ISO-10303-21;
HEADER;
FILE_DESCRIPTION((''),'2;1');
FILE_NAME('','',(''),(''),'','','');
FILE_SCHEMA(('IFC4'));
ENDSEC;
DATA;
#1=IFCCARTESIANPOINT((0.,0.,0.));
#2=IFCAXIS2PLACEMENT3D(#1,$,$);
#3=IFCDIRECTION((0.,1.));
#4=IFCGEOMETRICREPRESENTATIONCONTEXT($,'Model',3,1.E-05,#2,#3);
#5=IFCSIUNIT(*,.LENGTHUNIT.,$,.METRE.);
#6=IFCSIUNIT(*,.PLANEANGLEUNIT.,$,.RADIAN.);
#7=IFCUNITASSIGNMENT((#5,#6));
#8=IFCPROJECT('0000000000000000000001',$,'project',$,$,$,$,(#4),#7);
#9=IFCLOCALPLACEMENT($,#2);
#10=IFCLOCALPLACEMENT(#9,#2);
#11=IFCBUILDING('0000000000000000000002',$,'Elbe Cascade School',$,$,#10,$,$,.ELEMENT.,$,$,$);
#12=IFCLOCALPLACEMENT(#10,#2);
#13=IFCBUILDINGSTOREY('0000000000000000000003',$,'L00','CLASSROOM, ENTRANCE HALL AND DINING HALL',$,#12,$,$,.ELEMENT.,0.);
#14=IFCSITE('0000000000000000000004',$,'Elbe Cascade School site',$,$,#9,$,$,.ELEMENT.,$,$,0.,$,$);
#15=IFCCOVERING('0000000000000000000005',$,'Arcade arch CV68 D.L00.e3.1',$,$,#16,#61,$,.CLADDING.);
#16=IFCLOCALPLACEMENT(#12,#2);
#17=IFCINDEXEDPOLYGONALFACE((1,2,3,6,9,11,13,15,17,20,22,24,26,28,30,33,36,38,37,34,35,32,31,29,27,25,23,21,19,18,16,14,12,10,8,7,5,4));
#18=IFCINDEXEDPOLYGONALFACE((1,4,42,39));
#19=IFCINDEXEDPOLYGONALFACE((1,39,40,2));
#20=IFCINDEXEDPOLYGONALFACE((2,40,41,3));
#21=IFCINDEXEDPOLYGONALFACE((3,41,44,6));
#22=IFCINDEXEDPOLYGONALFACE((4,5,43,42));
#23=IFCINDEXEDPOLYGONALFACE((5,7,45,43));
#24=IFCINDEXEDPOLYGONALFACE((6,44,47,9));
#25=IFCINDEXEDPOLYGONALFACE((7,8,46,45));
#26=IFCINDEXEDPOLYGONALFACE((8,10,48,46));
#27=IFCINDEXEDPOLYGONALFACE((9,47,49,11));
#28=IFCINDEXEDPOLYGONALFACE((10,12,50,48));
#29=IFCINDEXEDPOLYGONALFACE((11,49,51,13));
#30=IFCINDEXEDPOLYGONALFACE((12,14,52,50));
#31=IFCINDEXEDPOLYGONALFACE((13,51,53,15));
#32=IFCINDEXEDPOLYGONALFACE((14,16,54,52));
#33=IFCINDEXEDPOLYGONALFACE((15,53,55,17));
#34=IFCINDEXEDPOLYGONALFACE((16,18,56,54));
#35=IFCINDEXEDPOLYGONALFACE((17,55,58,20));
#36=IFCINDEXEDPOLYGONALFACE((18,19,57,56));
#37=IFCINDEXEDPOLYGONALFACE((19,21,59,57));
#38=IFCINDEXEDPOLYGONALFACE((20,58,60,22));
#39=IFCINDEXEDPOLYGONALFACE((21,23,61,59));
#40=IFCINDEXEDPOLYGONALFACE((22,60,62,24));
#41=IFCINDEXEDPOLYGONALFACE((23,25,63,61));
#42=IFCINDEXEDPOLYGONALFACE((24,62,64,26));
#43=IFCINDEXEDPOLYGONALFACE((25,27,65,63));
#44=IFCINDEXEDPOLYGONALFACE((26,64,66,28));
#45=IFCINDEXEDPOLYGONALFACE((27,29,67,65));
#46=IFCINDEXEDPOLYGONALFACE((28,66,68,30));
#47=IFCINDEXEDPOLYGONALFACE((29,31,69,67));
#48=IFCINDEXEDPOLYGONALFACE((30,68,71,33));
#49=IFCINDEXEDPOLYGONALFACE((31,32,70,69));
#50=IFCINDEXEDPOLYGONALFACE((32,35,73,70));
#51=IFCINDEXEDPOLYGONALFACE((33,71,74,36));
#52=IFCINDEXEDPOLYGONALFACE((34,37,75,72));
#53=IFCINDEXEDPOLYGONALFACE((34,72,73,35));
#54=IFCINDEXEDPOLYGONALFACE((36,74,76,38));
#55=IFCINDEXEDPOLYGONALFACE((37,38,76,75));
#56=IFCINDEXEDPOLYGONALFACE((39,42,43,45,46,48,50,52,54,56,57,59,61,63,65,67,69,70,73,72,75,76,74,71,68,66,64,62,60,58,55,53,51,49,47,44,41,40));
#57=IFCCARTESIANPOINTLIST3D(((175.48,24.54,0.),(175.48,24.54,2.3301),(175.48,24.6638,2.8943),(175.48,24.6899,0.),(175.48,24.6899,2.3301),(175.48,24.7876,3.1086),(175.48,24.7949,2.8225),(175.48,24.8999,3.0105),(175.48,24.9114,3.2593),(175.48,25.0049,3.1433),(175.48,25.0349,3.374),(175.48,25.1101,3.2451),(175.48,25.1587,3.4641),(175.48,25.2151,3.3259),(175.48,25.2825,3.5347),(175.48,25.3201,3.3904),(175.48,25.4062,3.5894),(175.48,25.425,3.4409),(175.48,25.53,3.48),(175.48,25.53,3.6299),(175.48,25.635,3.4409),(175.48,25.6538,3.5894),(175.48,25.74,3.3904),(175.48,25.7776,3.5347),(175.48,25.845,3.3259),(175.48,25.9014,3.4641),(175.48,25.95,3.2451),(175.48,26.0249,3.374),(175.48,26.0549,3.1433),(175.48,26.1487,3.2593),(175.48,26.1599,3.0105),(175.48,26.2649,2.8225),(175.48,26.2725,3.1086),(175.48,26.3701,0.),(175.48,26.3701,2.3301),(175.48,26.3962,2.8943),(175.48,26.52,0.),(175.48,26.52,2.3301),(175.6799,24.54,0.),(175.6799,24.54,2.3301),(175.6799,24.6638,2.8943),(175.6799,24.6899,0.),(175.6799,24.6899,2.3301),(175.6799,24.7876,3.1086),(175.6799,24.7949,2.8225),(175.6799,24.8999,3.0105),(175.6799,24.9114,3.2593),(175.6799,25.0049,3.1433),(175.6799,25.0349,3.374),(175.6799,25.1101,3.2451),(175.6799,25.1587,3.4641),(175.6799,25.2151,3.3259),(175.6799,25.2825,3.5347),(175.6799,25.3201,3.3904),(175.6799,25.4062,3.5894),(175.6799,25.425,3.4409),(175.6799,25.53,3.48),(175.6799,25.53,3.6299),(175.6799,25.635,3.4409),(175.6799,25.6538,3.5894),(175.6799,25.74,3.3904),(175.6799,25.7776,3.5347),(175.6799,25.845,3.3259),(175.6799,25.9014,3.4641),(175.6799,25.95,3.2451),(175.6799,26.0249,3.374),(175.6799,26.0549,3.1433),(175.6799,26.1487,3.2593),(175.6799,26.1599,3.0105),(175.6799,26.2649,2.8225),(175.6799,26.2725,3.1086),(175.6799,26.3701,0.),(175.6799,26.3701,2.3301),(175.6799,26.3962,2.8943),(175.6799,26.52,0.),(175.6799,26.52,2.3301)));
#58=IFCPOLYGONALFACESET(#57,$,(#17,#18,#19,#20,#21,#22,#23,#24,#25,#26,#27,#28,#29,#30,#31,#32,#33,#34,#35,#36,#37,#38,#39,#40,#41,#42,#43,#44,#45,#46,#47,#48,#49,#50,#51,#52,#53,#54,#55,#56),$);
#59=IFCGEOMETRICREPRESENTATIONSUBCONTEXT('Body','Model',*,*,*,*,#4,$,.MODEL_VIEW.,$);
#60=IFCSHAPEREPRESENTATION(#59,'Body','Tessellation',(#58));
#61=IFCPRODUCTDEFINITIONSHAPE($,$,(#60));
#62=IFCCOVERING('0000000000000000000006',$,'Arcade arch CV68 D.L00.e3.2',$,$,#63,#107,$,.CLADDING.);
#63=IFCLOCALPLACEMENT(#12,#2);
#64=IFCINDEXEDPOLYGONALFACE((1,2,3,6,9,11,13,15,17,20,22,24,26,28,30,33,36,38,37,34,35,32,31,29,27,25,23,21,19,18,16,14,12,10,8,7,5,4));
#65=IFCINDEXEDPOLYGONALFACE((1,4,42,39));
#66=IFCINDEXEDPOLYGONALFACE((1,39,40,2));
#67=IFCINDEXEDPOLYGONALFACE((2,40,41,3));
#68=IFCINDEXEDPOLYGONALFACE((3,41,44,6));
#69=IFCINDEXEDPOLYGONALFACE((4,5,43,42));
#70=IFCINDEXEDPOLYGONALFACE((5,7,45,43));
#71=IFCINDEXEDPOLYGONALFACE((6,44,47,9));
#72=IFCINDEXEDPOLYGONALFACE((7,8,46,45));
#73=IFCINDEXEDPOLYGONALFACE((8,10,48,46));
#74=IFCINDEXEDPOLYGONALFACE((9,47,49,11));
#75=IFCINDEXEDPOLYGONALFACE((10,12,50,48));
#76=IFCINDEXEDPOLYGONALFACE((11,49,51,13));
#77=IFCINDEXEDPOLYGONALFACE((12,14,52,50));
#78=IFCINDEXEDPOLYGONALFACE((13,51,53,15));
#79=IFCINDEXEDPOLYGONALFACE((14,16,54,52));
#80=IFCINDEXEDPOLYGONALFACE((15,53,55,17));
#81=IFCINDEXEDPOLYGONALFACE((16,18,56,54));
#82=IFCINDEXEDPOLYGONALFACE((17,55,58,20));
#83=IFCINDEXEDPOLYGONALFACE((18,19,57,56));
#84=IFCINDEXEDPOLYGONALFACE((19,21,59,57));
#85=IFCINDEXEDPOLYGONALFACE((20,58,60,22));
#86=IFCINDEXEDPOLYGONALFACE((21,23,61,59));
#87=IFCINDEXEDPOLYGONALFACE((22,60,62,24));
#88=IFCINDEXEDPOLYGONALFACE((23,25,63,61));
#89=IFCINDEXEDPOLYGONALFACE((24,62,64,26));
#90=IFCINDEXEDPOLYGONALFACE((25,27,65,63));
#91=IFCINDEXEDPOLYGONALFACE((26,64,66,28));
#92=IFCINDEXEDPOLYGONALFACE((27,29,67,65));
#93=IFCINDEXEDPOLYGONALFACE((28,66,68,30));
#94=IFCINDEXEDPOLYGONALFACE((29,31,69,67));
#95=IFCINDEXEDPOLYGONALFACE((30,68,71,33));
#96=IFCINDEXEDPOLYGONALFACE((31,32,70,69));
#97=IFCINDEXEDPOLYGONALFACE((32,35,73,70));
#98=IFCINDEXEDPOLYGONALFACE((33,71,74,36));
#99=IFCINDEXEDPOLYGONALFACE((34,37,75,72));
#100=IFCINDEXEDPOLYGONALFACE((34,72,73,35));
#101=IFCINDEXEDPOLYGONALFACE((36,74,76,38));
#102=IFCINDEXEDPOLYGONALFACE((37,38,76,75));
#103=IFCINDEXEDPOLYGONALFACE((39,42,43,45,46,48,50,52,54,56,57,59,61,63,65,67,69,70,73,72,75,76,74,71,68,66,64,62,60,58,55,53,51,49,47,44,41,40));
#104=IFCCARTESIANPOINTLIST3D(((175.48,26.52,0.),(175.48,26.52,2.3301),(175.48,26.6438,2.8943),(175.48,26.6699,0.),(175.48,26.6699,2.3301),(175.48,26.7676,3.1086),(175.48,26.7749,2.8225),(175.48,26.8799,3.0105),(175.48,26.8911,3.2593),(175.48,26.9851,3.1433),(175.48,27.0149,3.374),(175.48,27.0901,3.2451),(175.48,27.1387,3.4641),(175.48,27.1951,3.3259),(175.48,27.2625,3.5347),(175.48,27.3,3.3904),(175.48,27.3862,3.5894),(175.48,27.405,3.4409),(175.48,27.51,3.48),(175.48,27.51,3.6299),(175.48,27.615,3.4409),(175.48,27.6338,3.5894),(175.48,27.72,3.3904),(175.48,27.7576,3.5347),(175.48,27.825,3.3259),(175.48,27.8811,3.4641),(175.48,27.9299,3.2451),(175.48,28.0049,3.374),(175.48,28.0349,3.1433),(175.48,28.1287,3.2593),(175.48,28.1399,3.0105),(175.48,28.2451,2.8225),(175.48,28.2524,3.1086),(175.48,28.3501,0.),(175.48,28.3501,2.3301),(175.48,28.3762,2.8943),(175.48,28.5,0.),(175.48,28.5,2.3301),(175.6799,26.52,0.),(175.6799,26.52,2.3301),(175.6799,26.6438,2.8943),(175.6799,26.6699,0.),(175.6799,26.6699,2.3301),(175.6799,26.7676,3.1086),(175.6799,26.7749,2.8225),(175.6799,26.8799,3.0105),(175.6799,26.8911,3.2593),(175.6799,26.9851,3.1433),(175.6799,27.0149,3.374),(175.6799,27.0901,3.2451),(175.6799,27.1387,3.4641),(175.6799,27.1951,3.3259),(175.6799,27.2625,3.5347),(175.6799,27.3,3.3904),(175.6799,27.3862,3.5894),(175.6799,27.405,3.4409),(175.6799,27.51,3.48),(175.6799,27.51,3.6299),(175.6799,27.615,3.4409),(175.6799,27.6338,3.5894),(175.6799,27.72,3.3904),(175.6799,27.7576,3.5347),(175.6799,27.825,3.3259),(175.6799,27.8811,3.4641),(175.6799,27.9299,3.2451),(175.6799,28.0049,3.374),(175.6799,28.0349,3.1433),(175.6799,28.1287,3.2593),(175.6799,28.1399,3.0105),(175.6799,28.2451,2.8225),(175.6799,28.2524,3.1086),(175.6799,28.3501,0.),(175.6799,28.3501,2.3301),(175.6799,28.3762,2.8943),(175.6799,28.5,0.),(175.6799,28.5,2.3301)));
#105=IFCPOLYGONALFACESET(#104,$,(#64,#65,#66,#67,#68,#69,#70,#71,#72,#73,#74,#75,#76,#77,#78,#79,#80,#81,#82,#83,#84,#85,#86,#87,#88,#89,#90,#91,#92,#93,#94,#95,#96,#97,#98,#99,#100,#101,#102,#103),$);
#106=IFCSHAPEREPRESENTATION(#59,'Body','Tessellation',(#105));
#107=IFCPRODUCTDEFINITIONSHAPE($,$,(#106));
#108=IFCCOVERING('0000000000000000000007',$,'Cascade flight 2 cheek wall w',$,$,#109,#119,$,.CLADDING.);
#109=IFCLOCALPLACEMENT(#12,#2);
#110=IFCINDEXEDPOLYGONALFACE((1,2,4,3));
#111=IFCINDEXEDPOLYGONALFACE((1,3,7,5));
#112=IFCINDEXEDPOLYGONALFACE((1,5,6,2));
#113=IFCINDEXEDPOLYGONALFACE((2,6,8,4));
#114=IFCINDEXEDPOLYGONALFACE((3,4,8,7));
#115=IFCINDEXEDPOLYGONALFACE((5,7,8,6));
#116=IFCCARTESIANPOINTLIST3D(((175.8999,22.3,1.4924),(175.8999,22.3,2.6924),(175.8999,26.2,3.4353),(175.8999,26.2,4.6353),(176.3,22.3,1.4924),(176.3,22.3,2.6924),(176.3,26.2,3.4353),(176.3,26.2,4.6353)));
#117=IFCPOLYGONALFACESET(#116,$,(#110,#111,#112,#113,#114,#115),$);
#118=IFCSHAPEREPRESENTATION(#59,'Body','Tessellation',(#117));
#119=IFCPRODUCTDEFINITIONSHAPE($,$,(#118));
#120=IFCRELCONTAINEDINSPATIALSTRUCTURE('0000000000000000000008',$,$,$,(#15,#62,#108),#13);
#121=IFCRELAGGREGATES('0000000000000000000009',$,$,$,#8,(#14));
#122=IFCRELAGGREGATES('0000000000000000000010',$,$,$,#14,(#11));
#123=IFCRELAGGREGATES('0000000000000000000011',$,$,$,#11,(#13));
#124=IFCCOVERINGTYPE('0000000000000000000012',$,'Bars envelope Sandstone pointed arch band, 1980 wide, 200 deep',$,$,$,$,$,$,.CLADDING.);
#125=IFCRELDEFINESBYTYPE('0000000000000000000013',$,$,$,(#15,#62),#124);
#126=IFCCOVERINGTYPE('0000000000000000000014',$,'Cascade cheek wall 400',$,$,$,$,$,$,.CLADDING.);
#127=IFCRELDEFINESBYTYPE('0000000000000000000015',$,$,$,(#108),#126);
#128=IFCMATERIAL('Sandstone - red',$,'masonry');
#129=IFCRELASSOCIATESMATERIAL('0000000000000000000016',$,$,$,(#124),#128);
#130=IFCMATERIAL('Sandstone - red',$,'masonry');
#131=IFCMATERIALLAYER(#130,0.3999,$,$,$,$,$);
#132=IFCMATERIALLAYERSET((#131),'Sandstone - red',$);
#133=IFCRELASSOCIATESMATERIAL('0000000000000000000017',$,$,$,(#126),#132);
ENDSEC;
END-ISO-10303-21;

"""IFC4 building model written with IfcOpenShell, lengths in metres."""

from ifc_helpers import new_model, si_unit, direction, frame, origin, place, context, subcontext, project, spatial, polyline, outline, extrude, material, layer, layer_set, type_object, element, save


model = new_model("IFC4")

# Units and contexts
model_context = context("Model", 3, precision=1e-05, world=origin(), true_north=direction((0.0, 1.0)))
body_context = subcontext(model_context, "Body", "Model", "MODEL_VIEW")
ifc_project = project(units=[si_unit("LENGTHUNIT", "METRE"), si_unit("PLANEANGLEUNIT", "RADIAN")], contexts=[model_context])

# Site, building, storey
site_placement = place(None, origin())
site = spatial("IfcSite", under=ifc_project, at=site_placement, Name="Elbe Cascade School site", CompositionType="ELEMENT", RefElevation=0.0)
building_placement = place(site_placement, origin())
building = spatial("IfcBuilding", under=site, at=building_placement, Name="Elbe Cascade School", CompositionType="ELEMENT")
storey_placement = place(building_placement, origin())
storey = spatial("IfcBuildingStorey", under=building, at=storey_placement, Name="L00", Description="CLASSROOM, ENTRANCE HALL AND DINING HALL", CompositionType="ELEMENT", Elevation=0.0)

# Coverings
ifc_material_1 = material(Name="Sandstone - red", Category="masonry")
covering_type_1 = type_object("IfcCoveringType", Name="Bars envelope Sandstone pointed arch band, 1980 wide, 200 deep", PredefinedType="CLADDING", material=ifc_material_1)
covering_1_placement = place(storey_placement, frame((175.6799, 24.6899, 0.0), z_axis=(1.0, 0.0, 0.0), x_axis=(0.0, 0.0, 1.0)))
element("IfcCovering", 1, at=covering_1_placement, inside=storey, type_object=covering_type_1, Name="Arcade arch CV68 D.L00.e3.1", PredefinedType="CLADDING", context=body_context, shape_type="SweptSolid", body=[
    extrude(outline(polyline([(0.0, 0.0), (2.3301, 0.0), (2.8225, -0.105), (3.0105, -0.21), (3.1433, -0.3149), (3.2451, -0.4202), (3.3259, -0.5251), (3.3904, -0.6301), (3.4409, -0.7351), (3.48, -0.8401), (3.4409, -0.9451), (3.3904, -1.05), (3.3259, -1.155), (3.2451, -1.26), (3.1433, -1.365), (3.0105, -1.47), (2.8225, -1.575), (2.3301, -1.6802), (0.0, -1.6802), (0.0, -1.8301), (2.3301, -1.8301), (2.8943, -1.7063), (3.1086, -1.5825), (3.2593, -1.4587), (3.374, -1.335), (3.4641, -1.2114), (3.5347, -1.0876), (3.5894, -0.9639), (3.6299, -0.8401), (3.5894, -0.7163), (3.5347, -0.5925), (3.4641, -0.4688), (3.374, -0.345), (3.2593, -0.2214), (3.1086, -0.0977), (2.8943, 0.0261), (2.3301, 0.1499), (0.0, 0.1499), (0.0, 0.0)])), origin(), (0.0, 0.0, -1.0), 0.2),
])
covering_2_placement = place(storey_placement, frame((175.6799, 26.6699, 0.0), z_axis=(1.0, 0.0, 0.0), x_axis=(0.0, 0.0, 1.0)))
element("IfcCovering", 2, at=covering_2_placement, inside=storey, type_object=covering_type_1, Name="Arcade arch CV68 D.L00.e3.2", PredefinedType="CLADDING", context=body_context, shape_type="SweptSolid", body=[
    extrude(outline(polyline([(0.0, 0.0), (2.3301, 0.0), (2.8225, -0.105), (3.0105, -0.21), (3.1433, -0.3152), (3.2451, -0.4202), (3.3259, -0.5251), (3.3904, -0.6301), (3.4409, -0.7351), (3.48, -0.8401), (3.4409, -0.9451), (3.3904, -1.05), (3.3259, -1.155), (3.2451, -1.26), (3.1433, -1.365), (3.0105, -1.47), (2.8225, -1.5752), (2.3301, -1.6802), (0.0, -1.6802), (0.0, -1.8301), (2.3301, -1.8301), (2.8943, -1.7063), (3.1086, -1.5825), (3.2593, -1.4587), (3.374, -1.335), (3.4641, -1.2112), (3.5347, -1.0876), (3.5894, -0.9639), (3.6299, -0.8401), (3.5894, -0.7163), (3.5347, -0.5925), (3.4641, -0.4688), (3.374, -0.345), (3.2593, -0.2212), (3.1086, -0.0977), (2.8943, 0.0261), (2.3301, 0.1499), (0.0, 0.1499), (0.0, 0.0)])), origin(), (0.0, 0.0, -1.0), 0.2),
])
ifc_material_2 = material(Name="Sandstone - red", Category="masonry")
ifc_layer_1 = layer(ifc_material_2, 0.3999)
ifc_layer_set_1 = layer_set([ifc_layer_1], Name="Sandstone - red")
covering_type_2 = type_object("IfcCoveringType", Name="Cascade cheek wall 400", PredefinedType="CLADDING", material=ifc_layer_set_1)
covering_3_placement = place(storey_placement, frame((175.8999, 22.3, 2.6924), z_axis=(0.0, -0.445913, 0.895076), x_axis=(0.0, 0.895076, 0.445913)))
element("IfcCovering", 3, at=covering_3_placement, inside=storey, type_object=covering_type_2, Name="Cascade flight 2 cheek wall w", PredefinedType="CLADDING", context=body_context, shape_type="SweptSolid", body=[
    extrude(outline(polyline([(0.0, 0.0), (4.3571, 0.0), (4.3571, -0.4001), (0.0, -0.4001), (0.0, 0.0)])), origin(), (-0.445913, 0.0, -0.895076), 1.2),
])

save(model, "model.ifc")
